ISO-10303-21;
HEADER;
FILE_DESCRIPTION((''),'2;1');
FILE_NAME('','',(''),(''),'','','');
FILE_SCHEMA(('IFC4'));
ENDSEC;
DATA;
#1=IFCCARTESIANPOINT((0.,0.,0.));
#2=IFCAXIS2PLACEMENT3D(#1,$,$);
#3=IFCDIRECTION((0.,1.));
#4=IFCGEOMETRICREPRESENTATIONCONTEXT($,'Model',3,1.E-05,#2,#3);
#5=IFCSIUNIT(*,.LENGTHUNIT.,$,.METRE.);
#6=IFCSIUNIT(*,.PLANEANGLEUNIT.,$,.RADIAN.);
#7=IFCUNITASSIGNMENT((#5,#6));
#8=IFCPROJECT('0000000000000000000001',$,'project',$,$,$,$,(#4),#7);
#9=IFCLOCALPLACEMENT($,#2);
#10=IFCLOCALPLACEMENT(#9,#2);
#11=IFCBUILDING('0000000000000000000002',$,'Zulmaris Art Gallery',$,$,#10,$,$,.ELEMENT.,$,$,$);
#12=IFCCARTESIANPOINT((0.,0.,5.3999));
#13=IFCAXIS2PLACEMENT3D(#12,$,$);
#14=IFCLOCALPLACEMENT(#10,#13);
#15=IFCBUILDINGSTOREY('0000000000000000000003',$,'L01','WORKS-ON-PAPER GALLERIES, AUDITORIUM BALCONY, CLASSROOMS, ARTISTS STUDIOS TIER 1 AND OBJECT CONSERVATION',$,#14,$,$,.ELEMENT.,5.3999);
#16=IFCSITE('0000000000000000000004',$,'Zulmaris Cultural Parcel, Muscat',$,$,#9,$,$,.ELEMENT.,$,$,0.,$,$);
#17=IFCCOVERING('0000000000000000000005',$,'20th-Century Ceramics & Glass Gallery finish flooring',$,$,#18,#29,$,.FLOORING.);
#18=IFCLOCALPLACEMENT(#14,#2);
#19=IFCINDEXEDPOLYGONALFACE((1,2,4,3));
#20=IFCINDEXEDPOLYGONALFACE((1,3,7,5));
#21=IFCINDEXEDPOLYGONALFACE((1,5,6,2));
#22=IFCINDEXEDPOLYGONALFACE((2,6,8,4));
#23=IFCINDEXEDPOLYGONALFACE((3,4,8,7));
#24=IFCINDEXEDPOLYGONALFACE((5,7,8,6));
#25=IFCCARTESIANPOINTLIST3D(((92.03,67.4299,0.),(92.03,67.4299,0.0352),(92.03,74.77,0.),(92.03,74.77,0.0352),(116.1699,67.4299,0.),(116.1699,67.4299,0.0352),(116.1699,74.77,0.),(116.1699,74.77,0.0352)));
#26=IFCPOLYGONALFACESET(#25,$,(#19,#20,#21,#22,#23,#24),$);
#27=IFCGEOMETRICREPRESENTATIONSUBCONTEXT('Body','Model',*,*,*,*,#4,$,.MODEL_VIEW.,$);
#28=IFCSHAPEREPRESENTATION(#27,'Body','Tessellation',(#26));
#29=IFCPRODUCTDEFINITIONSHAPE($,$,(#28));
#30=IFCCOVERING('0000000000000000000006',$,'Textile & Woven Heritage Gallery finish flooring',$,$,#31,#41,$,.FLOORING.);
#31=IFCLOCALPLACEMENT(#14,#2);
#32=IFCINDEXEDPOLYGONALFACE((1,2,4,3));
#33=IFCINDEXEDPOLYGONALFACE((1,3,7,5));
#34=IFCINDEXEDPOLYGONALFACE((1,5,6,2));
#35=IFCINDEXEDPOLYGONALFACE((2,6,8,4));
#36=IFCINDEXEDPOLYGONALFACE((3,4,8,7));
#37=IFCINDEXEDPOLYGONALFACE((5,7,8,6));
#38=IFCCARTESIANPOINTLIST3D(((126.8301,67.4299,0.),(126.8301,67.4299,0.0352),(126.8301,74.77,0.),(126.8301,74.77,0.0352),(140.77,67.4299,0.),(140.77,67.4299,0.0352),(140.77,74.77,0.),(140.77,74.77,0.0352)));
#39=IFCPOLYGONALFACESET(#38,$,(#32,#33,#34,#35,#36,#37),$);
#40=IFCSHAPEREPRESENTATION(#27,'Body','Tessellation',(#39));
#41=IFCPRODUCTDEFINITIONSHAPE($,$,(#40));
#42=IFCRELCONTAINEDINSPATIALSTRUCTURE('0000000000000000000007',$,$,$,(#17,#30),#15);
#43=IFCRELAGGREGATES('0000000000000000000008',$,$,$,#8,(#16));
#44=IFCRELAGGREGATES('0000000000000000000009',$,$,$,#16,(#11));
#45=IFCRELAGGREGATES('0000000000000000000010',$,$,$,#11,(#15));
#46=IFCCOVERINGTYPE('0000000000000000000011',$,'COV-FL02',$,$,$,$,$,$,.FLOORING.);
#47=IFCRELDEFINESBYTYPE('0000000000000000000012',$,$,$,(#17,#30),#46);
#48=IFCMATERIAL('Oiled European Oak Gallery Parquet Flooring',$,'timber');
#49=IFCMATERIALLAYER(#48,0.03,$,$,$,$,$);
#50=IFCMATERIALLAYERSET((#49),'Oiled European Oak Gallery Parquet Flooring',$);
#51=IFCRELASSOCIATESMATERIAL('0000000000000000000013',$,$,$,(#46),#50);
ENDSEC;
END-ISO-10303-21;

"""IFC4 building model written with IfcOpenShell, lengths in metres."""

from ifc_helpers import new_model, si_unit, direction, frame, origin, place, context, subcontext, project, spatial, polyline, outline, extrude, material, layer, layer_set, type_object, element, save


model = new_model("IFC4")

# Units and contexts
model_context = context("Model", 3, precision=1e-05, world=origin(), true_north=direction((0.0, 1.0)))
body_context = subcontext(model_context, "Body", "Model", "MODEL_VIEW")
ifc_project = project(units=[si_unit("LENGTHUNIT", "METRE"), si_unit("PLANEANGLEUNIT", "RADIAN")], contexts=[model_context])

# Site, building, storey
site_placement = place(None, origin())
site = spatial("IfcSite", under=ifc_project, at=site_placement, Name="Zulmaris Cultural Parcel, Muscat", CompositionType="ELEMENT", RefElevation=0.0)
building_placement = place(site_placement, origin())
building = spatial("IfcBuilding", under=site, at=building_placement, Name="Zulmaris Art Gallery", CompositionType="ELEMENT")
storey_placement = place(building_placement, frame((0.0, 0.0, 5.3999)))
storey = spatial("IfcBuildingStorey", under=building, at=storey_placement, Name="L01", Description="WORKS-ON-PAPER GALLERIES, AUDITORIUM BALCONY, CLASSROOMS, ARTISTS STUDIOS TIER 1 AND OBJECT CONSERVATION", CompositionType="ELEMENT", Elevation=5.3999)

# Coverings
ifc_material_1 = material(Name="Oiled European Oak Gallery Parquet Flooring", Category="timber")
ifc_layer_1 = layer(ifc_material_1, 0.03)
ifc_layer_set_1 = layer_set([ifc_layer_1], Name="Oiled European Oak Gallery Parquet Flooring")
covering_type_1 = type_object("IfcCoveringType", Name="COV-FL02", PredefinedType="FLOORING", material=ifc_layer_set_1)
covering_1_placement = place(storey_placement, origin())
element("IfcCovering", 1, at=covering_1_placement, inside=storey, type_object=covering_type_1, Name="20th-Century Ceramics & Glass Gallery finish flooring", PredefinedType="FLOORING", context=body_context, shape_type="SweptSolid", body=[
    extrude(outline(polyline([(116.1699, 67.4299), (92.03, 67.4299), (92.03, 74.77), (116.1699, 74.77), (116.1699, 67.4299)])), origin(), (0.0, 0.0, 1.0), 0.0352),
])
covering_2_placement = place(storey_placement, origin())
element("IfcCovering", 2, at=covering_2_placement, inside=storey, type_object=covering_type_1, Name="Textile & Woven Heritage Gallery finish flooring", PredefinedType="FLOORING", context=body_context, shape_type="SweptSolid", body=[
    extrude(outline(polyline([(140.77, 67.4299), (126.8301, 67.4299), (126.8301, 74.77), (140.77, 74.77), (140.77, 67.4299)])), origin(), (0.0, 0.0, 1.0), 0.0352),
])

save(model, "model.ifc")
